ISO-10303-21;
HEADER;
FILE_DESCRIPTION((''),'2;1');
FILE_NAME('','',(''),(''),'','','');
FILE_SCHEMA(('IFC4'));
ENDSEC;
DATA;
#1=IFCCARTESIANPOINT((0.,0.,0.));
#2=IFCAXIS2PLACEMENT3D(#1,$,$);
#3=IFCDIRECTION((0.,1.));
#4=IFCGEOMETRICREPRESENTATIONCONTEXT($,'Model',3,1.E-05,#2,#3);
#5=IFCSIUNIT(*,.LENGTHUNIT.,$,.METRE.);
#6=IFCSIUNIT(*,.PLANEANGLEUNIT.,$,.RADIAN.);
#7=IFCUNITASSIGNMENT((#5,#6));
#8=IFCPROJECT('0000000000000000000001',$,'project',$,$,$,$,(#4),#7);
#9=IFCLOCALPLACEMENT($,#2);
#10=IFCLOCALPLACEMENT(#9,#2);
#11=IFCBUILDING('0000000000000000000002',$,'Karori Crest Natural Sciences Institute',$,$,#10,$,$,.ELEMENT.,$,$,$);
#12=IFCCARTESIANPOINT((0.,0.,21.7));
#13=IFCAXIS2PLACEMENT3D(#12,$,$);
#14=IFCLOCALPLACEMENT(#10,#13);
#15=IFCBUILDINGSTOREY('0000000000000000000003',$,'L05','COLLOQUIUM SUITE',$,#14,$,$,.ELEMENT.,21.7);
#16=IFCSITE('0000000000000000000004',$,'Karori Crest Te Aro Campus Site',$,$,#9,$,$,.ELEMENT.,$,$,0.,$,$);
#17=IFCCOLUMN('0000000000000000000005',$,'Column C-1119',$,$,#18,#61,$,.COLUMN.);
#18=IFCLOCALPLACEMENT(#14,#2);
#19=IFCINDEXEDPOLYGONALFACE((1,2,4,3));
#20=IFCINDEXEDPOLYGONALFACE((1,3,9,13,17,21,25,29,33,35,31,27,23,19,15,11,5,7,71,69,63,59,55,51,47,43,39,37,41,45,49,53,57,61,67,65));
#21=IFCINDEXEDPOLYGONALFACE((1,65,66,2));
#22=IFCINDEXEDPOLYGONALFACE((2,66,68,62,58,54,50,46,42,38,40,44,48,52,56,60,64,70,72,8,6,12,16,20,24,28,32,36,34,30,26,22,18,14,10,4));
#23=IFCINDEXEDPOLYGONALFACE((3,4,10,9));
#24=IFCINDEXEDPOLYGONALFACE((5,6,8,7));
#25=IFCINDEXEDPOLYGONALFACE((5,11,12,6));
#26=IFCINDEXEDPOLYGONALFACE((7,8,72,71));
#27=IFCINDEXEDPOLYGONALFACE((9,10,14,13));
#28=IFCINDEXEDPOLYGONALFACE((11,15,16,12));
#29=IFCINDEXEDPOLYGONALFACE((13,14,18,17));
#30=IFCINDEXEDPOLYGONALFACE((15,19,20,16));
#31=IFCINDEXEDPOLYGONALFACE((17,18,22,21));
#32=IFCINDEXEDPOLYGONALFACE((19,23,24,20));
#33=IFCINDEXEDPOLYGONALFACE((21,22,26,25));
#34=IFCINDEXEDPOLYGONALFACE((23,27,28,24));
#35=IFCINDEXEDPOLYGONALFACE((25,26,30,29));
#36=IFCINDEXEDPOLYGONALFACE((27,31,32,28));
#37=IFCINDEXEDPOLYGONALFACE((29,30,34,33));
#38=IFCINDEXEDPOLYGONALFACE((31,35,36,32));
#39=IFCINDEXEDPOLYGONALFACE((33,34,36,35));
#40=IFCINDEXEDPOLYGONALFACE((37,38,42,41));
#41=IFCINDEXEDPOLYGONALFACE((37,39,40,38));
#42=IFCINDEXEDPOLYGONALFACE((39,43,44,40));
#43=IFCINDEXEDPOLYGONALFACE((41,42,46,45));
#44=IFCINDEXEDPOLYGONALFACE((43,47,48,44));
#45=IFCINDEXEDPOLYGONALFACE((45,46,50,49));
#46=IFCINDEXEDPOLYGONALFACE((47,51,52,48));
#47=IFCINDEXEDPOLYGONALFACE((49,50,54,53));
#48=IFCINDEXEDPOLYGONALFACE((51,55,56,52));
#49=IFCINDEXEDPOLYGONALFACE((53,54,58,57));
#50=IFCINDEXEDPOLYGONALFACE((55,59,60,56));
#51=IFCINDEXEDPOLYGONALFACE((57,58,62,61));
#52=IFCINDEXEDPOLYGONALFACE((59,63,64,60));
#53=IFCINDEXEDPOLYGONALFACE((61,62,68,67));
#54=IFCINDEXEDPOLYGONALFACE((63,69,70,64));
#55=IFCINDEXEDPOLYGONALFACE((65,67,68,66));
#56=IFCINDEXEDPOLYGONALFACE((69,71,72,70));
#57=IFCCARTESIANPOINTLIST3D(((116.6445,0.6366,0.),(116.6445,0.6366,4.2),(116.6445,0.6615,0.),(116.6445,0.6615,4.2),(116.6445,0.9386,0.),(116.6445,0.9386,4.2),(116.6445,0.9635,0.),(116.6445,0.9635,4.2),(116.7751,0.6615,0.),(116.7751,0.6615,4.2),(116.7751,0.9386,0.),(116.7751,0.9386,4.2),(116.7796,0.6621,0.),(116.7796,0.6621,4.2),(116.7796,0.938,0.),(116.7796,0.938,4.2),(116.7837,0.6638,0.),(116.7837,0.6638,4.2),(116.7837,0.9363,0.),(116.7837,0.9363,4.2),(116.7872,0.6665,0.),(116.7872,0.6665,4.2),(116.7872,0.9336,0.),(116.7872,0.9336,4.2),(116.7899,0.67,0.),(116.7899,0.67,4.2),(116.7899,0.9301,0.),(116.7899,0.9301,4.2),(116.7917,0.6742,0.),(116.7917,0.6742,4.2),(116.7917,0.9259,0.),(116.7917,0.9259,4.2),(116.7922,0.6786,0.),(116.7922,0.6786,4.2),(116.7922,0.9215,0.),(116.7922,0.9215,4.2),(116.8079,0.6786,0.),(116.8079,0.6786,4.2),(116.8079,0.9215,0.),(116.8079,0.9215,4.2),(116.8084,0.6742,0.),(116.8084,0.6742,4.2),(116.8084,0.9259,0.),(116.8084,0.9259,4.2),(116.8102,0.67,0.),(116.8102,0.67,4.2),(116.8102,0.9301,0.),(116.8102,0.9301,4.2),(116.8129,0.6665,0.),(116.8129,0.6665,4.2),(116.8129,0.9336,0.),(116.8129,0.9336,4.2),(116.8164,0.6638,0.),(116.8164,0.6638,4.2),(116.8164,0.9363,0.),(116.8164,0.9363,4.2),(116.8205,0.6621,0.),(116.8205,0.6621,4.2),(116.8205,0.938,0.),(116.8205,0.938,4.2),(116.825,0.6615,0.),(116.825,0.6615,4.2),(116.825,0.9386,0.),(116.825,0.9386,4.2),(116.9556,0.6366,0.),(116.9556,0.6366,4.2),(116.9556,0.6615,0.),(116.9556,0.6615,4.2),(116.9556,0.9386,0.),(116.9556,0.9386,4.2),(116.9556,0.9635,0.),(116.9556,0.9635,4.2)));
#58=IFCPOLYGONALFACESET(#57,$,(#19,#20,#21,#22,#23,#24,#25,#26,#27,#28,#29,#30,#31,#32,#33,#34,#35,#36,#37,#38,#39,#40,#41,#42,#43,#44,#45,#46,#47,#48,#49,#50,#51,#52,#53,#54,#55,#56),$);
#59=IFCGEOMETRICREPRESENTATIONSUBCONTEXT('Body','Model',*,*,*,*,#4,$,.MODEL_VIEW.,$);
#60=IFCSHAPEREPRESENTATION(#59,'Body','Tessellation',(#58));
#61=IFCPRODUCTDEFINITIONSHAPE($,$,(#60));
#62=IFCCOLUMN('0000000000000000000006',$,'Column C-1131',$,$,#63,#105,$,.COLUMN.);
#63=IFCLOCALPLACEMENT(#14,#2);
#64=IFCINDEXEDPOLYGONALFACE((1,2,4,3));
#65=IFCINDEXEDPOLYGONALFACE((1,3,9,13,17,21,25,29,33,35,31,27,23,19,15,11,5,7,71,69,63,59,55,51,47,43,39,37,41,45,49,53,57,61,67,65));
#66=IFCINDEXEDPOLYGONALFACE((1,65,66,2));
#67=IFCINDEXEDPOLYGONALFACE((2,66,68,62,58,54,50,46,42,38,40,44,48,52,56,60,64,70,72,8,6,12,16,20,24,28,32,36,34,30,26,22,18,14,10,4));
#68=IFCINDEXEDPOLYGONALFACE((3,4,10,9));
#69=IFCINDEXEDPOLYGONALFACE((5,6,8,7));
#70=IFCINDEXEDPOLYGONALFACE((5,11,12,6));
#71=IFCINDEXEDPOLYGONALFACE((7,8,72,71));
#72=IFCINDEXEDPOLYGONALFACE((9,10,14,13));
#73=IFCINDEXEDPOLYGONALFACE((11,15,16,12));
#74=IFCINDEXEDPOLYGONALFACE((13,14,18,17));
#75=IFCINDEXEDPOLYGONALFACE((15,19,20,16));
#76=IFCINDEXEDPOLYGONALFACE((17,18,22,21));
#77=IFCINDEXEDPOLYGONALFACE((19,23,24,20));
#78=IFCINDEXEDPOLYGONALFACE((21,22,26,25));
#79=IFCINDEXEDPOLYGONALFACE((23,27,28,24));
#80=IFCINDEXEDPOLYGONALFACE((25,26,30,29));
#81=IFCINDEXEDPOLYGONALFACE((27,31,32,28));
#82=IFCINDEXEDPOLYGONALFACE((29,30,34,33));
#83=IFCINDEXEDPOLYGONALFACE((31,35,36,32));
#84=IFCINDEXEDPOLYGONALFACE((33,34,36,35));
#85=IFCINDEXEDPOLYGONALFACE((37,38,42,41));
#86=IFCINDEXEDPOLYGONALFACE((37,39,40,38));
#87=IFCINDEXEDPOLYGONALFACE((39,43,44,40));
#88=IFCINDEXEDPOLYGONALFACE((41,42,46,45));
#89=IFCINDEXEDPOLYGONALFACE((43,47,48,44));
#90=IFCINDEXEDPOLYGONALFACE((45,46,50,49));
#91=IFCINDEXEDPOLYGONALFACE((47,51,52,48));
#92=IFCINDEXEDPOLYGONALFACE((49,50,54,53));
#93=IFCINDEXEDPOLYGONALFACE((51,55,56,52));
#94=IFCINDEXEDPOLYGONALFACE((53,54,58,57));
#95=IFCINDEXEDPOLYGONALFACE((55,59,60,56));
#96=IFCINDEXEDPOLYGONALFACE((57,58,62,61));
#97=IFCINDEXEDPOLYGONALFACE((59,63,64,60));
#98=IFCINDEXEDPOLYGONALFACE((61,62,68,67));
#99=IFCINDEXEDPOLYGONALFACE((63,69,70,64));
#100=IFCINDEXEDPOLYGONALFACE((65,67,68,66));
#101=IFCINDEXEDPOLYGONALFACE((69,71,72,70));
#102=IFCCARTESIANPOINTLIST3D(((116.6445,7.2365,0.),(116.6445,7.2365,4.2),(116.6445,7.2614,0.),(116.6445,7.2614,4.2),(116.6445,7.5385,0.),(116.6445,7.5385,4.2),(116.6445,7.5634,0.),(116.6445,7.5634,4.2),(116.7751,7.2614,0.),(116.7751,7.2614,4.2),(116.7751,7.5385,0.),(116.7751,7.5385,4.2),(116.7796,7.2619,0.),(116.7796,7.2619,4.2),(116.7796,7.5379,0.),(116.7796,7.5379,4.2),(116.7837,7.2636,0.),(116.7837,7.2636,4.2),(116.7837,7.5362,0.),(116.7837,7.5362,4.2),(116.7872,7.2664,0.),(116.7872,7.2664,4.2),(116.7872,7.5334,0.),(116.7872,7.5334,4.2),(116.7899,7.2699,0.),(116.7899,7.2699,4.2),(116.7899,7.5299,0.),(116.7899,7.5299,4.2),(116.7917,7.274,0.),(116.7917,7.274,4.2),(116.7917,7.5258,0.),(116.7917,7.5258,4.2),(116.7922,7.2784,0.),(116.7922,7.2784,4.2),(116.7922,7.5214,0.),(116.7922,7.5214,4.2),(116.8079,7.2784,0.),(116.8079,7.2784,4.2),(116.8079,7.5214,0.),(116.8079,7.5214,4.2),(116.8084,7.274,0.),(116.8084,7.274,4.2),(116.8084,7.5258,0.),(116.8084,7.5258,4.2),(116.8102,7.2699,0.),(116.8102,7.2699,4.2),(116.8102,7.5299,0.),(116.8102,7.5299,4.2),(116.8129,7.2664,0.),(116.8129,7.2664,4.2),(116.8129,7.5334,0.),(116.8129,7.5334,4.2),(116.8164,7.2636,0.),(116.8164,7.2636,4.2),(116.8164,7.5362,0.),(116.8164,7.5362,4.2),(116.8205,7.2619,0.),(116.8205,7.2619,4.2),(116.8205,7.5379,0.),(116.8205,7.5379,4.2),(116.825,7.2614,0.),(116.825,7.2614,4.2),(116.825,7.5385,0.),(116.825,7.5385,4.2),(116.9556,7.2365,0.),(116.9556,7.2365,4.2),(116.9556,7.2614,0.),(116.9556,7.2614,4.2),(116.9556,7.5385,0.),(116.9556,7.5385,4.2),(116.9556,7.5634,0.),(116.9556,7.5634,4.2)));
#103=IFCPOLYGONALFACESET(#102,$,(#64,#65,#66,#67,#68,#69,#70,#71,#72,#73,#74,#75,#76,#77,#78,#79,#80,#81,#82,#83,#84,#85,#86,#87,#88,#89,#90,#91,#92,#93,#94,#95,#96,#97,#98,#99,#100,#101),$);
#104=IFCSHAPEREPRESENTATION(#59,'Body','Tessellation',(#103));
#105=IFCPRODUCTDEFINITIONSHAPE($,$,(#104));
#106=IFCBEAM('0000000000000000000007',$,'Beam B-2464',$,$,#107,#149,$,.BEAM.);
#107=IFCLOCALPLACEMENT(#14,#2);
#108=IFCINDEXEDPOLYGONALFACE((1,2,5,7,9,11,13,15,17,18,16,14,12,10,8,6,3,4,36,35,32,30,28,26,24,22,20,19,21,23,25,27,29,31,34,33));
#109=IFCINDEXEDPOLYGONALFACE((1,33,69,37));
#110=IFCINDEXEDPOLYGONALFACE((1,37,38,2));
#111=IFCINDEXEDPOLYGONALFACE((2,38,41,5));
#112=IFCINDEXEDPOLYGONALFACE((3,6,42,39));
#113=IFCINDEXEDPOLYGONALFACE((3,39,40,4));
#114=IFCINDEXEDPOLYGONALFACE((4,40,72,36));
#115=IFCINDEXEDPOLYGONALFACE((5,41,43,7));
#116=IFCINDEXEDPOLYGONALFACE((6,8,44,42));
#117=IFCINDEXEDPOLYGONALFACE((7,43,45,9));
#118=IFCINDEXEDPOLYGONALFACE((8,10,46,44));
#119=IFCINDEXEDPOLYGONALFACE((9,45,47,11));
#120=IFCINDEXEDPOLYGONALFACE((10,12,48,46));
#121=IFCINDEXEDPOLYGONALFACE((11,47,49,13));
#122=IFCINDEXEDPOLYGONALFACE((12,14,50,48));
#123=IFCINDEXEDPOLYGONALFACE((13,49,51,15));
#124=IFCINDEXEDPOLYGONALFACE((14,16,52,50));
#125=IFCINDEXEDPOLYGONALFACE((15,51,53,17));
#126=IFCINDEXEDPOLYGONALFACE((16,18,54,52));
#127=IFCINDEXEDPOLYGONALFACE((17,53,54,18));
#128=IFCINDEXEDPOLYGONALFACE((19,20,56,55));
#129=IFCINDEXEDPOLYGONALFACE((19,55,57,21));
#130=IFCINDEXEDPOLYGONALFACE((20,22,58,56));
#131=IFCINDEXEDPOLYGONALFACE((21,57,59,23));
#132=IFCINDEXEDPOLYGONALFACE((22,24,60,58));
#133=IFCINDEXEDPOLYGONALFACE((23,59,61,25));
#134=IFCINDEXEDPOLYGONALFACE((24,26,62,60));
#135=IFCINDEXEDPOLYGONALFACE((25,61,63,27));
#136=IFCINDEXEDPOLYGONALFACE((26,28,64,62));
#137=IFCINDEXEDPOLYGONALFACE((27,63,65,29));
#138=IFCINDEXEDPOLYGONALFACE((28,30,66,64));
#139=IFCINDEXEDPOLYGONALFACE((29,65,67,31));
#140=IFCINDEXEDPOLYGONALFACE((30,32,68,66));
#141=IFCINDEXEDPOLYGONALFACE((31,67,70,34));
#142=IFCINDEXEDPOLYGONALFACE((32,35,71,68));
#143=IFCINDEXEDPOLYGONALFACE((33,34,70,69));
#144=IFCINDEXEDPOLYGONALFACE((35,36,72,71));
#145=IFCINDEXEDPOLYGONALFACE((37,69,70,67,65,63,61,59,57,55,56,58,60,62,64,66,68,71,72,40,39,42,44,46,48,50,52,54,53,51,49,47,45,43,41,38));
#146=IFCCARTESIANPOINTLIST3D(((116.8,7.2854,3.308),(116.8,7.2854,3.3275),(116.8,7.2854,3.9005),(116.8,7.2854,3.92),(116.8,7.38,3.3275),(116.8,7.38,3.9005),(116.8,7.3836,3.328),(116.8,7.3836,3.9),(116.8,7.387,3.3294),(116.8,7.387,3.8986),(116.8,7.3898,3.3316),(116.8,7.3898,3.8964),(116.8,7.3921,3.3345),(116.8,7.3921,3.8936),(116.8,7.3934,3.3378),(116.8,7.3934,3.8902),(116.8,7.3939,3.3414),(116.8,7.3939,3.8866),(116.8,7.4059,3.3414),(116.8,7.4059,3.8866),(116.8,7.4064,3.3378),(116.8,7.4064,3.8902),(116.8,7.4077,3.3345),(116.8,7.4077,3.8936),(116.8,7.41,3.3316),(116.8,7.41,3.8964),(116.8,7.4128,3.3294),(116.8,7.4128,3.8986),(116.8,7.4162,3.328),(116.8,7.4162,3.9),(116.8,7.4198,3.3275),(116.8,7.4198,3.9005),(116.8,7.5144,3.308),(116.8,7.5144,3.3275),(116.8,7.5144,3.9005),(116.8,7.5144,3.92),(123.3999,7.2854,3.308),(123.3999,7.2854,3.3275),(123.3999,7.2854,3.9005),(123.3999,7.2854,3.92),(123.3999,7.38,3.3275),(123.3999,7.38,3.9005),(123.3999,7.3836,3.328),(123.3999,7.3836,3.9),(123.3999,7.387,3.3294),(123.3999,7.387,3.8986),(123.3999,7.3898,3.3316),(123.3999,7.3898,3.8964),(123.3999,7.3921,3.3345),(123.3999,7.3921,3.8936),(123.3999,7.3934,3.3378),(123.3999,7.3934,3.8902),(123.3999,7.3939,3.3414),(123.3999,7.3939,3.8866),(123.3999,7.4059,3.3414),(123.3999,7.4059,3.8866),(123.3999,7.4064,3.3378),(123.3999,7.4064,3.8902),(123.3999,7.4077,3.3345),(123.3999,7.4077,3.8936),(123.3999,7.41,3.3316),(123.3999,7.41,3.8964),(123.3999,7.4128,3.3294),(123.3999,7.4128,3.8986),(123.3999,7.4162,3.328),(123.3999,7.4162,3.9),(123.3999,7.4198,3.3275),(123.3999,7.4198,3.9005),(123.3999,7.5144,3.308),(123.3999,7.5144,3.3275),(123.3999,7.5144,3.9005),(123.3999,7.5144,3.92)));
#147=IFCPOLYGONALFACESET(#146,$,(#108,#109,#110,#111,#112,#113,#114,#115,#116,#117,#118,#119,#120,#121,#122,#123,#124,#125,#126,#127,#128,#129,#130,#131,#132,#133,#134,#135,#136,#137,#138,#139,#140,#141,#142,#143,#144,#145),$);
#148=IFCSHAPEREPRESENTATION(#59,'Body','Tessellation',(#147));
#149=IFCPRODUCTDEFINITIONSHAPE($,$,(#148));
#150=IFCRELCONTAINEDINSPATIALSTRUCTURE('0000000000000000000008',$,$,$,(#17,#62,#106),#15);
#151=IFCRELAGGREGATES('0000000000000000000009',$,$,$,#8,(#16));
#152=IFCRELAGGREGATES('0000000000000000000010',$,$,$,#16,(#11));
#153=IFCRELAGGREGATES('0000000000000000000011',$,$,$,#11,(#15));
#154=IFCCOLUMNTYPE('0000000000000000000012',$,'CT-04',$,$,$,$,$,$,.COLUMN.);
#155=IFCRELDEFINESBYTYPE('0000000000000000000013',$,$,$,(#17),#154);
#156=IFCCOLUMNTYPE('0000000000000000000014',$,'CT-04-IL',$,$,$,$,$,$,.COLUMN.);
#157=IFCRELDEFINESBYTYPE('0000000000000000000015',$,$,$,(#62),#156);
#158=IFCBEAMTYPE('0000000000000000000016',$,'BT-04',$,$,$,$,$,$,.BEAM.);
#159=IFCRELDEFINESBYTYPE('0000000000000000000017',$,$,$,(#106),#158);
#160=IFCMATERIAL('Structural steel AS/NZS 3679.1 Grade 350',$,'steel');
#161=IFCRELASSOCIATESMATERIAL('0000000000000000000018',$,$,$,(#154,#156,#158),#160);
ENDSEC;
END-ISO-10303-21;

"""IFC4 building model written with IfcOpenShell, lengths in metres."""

from ifc_helpers import new_model, si_unit, direction, frame, origin, origin_2d, place, context, subcontext, project, spatial, i_section, extrude, material, material_profile, profile_set, type_object, element, save


model = new_model("IFC4")

# Units and contexts
model_context = context("Model", 3, precision=1e-05, world=origin(), true_north=direction((0.0, 1.0)))
body_context = subcontext(model_context, "Body", "Model", "MODEL_VIEW")
ifc_project = project(units=[si_unit("LENGTHUNIT", "METRE"), si_unit("PLANEANGLEUNIT", "RADIAN")], contexts=[model_context])

# Site, building, storey
site_placement = place(None, origin())
site = spatial("IfcSite", under=ifc_project, at=site_placement, Name="Karori Crest Te Aro Campus Site", CompositionType="ELEMENT", RefElevation=0.0)
building_placement = place(site_placement, origin())
building = spatial("IfcBuilding", under=site, at=building_placement, Name="Karori Crest Natural Sciences Institute", CompositionType="ELEMENT")
storey_placement = place(building_placement, frame((0.0, 0.0, 21.7)))
storey = spatial("IfcBuildingStorey", under=building, at=storey_placement, Name="L05", Description="COLLOQUIUM SUITE", CompositionType="ELEMENT", Elevation=21.7)

# Columns
ifc_material_1 = material(Name="Structural steel AS/NZS 3679.1 Grade 350", Category="steel")
ifc_material_profile_1 = material_profile(ifc_material_1, i_section(OverallWidth=0.311, OverallDepth=0.3269, WebThickness=0.0156, FlangeThickness=0.0249, FilletRadius=0.0171, at=origin_2d()), Name="310UC158")
ifc_profile_set_1 = profile_set([ifc_material_profile_1], Name="Structural steel AS/NZS 3679.1 Grade 350")
column_type_1 = type_object("IfcColumnType", Name="CT-04", PredefinedType="COLUMN", material=ifc_profile_set_1)
column_1_placement = place(storey_placement, frame((116.8, 0.8, 0.0), z_axis=(0.0, 0.0, 1.0), x_axis=(1.0, 0.0, 0.0)))
element("IfcColumn", 1, at=column_1_placement, inside=storey, type_object=column_type_1, Name="Column C-1119", PredefinedType="COLUMN", context=body_context, shape_type="SweptSolid", body=[
    extrude(i_section(OverallWidth=0.311, OverallDepth=0.3269, WebThickness=0.0156, FlangeThickness=0.0249, FilletRadius=0.0171, at=origin_2d()), origin(), (0.0, 0.0, 1.0), 4.2),
])
ifc_material_profile_2 = material_profile(ifc_material_1, i_section(OverallWidth=0.311, OverallDepth=0.3269, WebThickness=0.0156, FlangeThickness=0.0249, FilletRadius=0.0171, at=origin_2d()), Name="310UC158")
ifc_profile_set_2 = profile_set([ifc_material_profile_2], Name="Structural steel AS/NZS 3679.1 Grade 350")
column_type_2 = type_object("IfcColumnType", Name="CT-04-IL", PredefinedType="COLUMN", material=ifc_profile_set_2)
column_2_placement = place(storey_placement, frame((116.8, 7.3999, 0.0), z_axis=(0.0, 0.0, 1.0), x_axis=(1.0, 0.0, 0.0)))
element("IfcColumn", 2, at=column_2_placement, inside=storey, type_object=column_type_2, Name="Column C-1131", PredefinedType="COLUMN", context=body_context, shape_type="SweptSolid", body=[
    extrude(i_section(OverallWidth=0.311, OverallDepth=0.3269, WebThickness=0.0156, FlangeThickness=0.0249, FilletRadius=0.0171, at=origin_2d()), origin(), (0.0, 0.0, 1.0), 4.2),
])

# Beam
ifc_material_profile_3 = material_profile(ifc_material_1, i_section(OverallWidth=0.229, OverallDepth=0.6121, WebThickness=0.012, FlangeThickness=0.0195, FilletRadius=0.0139, at=origin_2d()), Name="610UB125")
ifc_profile_set_3 = profile_set([ifc_material_profile_3], Name="Structural steel AS/NZS 3679.1 Grade 350")
beam_type_1 = type_object("IfcBeamType", Name="BT-04", PredefinedType="BEAM", material=ifc_profile_set_3)
beam_1_placement = place(storey_placement, frame((116.8, 7.3999, 3.614), z_axis=(1.0, 0.0, 0.0), x_axis=(0.0, 1.0, 0.0)))
element("IfcBeam", 3, at=beam_1_placement, inside=storey, type_object=beam_type_1, Name="Beam B-2464", PredefinedType="BEAM", context=body_context, shape_type="SweptSolid", body=[
    extrude(i_section(OverallWidth=0.229, OverallDepth=0.6121, WebThickness=0.012, FlangeThickness=0.0195, FilletRadius=0.0139, at=origin_2d()), origin(), (0.0, 0.0, 1.0), 6.5999),
])

save(model, "model.ifc")
